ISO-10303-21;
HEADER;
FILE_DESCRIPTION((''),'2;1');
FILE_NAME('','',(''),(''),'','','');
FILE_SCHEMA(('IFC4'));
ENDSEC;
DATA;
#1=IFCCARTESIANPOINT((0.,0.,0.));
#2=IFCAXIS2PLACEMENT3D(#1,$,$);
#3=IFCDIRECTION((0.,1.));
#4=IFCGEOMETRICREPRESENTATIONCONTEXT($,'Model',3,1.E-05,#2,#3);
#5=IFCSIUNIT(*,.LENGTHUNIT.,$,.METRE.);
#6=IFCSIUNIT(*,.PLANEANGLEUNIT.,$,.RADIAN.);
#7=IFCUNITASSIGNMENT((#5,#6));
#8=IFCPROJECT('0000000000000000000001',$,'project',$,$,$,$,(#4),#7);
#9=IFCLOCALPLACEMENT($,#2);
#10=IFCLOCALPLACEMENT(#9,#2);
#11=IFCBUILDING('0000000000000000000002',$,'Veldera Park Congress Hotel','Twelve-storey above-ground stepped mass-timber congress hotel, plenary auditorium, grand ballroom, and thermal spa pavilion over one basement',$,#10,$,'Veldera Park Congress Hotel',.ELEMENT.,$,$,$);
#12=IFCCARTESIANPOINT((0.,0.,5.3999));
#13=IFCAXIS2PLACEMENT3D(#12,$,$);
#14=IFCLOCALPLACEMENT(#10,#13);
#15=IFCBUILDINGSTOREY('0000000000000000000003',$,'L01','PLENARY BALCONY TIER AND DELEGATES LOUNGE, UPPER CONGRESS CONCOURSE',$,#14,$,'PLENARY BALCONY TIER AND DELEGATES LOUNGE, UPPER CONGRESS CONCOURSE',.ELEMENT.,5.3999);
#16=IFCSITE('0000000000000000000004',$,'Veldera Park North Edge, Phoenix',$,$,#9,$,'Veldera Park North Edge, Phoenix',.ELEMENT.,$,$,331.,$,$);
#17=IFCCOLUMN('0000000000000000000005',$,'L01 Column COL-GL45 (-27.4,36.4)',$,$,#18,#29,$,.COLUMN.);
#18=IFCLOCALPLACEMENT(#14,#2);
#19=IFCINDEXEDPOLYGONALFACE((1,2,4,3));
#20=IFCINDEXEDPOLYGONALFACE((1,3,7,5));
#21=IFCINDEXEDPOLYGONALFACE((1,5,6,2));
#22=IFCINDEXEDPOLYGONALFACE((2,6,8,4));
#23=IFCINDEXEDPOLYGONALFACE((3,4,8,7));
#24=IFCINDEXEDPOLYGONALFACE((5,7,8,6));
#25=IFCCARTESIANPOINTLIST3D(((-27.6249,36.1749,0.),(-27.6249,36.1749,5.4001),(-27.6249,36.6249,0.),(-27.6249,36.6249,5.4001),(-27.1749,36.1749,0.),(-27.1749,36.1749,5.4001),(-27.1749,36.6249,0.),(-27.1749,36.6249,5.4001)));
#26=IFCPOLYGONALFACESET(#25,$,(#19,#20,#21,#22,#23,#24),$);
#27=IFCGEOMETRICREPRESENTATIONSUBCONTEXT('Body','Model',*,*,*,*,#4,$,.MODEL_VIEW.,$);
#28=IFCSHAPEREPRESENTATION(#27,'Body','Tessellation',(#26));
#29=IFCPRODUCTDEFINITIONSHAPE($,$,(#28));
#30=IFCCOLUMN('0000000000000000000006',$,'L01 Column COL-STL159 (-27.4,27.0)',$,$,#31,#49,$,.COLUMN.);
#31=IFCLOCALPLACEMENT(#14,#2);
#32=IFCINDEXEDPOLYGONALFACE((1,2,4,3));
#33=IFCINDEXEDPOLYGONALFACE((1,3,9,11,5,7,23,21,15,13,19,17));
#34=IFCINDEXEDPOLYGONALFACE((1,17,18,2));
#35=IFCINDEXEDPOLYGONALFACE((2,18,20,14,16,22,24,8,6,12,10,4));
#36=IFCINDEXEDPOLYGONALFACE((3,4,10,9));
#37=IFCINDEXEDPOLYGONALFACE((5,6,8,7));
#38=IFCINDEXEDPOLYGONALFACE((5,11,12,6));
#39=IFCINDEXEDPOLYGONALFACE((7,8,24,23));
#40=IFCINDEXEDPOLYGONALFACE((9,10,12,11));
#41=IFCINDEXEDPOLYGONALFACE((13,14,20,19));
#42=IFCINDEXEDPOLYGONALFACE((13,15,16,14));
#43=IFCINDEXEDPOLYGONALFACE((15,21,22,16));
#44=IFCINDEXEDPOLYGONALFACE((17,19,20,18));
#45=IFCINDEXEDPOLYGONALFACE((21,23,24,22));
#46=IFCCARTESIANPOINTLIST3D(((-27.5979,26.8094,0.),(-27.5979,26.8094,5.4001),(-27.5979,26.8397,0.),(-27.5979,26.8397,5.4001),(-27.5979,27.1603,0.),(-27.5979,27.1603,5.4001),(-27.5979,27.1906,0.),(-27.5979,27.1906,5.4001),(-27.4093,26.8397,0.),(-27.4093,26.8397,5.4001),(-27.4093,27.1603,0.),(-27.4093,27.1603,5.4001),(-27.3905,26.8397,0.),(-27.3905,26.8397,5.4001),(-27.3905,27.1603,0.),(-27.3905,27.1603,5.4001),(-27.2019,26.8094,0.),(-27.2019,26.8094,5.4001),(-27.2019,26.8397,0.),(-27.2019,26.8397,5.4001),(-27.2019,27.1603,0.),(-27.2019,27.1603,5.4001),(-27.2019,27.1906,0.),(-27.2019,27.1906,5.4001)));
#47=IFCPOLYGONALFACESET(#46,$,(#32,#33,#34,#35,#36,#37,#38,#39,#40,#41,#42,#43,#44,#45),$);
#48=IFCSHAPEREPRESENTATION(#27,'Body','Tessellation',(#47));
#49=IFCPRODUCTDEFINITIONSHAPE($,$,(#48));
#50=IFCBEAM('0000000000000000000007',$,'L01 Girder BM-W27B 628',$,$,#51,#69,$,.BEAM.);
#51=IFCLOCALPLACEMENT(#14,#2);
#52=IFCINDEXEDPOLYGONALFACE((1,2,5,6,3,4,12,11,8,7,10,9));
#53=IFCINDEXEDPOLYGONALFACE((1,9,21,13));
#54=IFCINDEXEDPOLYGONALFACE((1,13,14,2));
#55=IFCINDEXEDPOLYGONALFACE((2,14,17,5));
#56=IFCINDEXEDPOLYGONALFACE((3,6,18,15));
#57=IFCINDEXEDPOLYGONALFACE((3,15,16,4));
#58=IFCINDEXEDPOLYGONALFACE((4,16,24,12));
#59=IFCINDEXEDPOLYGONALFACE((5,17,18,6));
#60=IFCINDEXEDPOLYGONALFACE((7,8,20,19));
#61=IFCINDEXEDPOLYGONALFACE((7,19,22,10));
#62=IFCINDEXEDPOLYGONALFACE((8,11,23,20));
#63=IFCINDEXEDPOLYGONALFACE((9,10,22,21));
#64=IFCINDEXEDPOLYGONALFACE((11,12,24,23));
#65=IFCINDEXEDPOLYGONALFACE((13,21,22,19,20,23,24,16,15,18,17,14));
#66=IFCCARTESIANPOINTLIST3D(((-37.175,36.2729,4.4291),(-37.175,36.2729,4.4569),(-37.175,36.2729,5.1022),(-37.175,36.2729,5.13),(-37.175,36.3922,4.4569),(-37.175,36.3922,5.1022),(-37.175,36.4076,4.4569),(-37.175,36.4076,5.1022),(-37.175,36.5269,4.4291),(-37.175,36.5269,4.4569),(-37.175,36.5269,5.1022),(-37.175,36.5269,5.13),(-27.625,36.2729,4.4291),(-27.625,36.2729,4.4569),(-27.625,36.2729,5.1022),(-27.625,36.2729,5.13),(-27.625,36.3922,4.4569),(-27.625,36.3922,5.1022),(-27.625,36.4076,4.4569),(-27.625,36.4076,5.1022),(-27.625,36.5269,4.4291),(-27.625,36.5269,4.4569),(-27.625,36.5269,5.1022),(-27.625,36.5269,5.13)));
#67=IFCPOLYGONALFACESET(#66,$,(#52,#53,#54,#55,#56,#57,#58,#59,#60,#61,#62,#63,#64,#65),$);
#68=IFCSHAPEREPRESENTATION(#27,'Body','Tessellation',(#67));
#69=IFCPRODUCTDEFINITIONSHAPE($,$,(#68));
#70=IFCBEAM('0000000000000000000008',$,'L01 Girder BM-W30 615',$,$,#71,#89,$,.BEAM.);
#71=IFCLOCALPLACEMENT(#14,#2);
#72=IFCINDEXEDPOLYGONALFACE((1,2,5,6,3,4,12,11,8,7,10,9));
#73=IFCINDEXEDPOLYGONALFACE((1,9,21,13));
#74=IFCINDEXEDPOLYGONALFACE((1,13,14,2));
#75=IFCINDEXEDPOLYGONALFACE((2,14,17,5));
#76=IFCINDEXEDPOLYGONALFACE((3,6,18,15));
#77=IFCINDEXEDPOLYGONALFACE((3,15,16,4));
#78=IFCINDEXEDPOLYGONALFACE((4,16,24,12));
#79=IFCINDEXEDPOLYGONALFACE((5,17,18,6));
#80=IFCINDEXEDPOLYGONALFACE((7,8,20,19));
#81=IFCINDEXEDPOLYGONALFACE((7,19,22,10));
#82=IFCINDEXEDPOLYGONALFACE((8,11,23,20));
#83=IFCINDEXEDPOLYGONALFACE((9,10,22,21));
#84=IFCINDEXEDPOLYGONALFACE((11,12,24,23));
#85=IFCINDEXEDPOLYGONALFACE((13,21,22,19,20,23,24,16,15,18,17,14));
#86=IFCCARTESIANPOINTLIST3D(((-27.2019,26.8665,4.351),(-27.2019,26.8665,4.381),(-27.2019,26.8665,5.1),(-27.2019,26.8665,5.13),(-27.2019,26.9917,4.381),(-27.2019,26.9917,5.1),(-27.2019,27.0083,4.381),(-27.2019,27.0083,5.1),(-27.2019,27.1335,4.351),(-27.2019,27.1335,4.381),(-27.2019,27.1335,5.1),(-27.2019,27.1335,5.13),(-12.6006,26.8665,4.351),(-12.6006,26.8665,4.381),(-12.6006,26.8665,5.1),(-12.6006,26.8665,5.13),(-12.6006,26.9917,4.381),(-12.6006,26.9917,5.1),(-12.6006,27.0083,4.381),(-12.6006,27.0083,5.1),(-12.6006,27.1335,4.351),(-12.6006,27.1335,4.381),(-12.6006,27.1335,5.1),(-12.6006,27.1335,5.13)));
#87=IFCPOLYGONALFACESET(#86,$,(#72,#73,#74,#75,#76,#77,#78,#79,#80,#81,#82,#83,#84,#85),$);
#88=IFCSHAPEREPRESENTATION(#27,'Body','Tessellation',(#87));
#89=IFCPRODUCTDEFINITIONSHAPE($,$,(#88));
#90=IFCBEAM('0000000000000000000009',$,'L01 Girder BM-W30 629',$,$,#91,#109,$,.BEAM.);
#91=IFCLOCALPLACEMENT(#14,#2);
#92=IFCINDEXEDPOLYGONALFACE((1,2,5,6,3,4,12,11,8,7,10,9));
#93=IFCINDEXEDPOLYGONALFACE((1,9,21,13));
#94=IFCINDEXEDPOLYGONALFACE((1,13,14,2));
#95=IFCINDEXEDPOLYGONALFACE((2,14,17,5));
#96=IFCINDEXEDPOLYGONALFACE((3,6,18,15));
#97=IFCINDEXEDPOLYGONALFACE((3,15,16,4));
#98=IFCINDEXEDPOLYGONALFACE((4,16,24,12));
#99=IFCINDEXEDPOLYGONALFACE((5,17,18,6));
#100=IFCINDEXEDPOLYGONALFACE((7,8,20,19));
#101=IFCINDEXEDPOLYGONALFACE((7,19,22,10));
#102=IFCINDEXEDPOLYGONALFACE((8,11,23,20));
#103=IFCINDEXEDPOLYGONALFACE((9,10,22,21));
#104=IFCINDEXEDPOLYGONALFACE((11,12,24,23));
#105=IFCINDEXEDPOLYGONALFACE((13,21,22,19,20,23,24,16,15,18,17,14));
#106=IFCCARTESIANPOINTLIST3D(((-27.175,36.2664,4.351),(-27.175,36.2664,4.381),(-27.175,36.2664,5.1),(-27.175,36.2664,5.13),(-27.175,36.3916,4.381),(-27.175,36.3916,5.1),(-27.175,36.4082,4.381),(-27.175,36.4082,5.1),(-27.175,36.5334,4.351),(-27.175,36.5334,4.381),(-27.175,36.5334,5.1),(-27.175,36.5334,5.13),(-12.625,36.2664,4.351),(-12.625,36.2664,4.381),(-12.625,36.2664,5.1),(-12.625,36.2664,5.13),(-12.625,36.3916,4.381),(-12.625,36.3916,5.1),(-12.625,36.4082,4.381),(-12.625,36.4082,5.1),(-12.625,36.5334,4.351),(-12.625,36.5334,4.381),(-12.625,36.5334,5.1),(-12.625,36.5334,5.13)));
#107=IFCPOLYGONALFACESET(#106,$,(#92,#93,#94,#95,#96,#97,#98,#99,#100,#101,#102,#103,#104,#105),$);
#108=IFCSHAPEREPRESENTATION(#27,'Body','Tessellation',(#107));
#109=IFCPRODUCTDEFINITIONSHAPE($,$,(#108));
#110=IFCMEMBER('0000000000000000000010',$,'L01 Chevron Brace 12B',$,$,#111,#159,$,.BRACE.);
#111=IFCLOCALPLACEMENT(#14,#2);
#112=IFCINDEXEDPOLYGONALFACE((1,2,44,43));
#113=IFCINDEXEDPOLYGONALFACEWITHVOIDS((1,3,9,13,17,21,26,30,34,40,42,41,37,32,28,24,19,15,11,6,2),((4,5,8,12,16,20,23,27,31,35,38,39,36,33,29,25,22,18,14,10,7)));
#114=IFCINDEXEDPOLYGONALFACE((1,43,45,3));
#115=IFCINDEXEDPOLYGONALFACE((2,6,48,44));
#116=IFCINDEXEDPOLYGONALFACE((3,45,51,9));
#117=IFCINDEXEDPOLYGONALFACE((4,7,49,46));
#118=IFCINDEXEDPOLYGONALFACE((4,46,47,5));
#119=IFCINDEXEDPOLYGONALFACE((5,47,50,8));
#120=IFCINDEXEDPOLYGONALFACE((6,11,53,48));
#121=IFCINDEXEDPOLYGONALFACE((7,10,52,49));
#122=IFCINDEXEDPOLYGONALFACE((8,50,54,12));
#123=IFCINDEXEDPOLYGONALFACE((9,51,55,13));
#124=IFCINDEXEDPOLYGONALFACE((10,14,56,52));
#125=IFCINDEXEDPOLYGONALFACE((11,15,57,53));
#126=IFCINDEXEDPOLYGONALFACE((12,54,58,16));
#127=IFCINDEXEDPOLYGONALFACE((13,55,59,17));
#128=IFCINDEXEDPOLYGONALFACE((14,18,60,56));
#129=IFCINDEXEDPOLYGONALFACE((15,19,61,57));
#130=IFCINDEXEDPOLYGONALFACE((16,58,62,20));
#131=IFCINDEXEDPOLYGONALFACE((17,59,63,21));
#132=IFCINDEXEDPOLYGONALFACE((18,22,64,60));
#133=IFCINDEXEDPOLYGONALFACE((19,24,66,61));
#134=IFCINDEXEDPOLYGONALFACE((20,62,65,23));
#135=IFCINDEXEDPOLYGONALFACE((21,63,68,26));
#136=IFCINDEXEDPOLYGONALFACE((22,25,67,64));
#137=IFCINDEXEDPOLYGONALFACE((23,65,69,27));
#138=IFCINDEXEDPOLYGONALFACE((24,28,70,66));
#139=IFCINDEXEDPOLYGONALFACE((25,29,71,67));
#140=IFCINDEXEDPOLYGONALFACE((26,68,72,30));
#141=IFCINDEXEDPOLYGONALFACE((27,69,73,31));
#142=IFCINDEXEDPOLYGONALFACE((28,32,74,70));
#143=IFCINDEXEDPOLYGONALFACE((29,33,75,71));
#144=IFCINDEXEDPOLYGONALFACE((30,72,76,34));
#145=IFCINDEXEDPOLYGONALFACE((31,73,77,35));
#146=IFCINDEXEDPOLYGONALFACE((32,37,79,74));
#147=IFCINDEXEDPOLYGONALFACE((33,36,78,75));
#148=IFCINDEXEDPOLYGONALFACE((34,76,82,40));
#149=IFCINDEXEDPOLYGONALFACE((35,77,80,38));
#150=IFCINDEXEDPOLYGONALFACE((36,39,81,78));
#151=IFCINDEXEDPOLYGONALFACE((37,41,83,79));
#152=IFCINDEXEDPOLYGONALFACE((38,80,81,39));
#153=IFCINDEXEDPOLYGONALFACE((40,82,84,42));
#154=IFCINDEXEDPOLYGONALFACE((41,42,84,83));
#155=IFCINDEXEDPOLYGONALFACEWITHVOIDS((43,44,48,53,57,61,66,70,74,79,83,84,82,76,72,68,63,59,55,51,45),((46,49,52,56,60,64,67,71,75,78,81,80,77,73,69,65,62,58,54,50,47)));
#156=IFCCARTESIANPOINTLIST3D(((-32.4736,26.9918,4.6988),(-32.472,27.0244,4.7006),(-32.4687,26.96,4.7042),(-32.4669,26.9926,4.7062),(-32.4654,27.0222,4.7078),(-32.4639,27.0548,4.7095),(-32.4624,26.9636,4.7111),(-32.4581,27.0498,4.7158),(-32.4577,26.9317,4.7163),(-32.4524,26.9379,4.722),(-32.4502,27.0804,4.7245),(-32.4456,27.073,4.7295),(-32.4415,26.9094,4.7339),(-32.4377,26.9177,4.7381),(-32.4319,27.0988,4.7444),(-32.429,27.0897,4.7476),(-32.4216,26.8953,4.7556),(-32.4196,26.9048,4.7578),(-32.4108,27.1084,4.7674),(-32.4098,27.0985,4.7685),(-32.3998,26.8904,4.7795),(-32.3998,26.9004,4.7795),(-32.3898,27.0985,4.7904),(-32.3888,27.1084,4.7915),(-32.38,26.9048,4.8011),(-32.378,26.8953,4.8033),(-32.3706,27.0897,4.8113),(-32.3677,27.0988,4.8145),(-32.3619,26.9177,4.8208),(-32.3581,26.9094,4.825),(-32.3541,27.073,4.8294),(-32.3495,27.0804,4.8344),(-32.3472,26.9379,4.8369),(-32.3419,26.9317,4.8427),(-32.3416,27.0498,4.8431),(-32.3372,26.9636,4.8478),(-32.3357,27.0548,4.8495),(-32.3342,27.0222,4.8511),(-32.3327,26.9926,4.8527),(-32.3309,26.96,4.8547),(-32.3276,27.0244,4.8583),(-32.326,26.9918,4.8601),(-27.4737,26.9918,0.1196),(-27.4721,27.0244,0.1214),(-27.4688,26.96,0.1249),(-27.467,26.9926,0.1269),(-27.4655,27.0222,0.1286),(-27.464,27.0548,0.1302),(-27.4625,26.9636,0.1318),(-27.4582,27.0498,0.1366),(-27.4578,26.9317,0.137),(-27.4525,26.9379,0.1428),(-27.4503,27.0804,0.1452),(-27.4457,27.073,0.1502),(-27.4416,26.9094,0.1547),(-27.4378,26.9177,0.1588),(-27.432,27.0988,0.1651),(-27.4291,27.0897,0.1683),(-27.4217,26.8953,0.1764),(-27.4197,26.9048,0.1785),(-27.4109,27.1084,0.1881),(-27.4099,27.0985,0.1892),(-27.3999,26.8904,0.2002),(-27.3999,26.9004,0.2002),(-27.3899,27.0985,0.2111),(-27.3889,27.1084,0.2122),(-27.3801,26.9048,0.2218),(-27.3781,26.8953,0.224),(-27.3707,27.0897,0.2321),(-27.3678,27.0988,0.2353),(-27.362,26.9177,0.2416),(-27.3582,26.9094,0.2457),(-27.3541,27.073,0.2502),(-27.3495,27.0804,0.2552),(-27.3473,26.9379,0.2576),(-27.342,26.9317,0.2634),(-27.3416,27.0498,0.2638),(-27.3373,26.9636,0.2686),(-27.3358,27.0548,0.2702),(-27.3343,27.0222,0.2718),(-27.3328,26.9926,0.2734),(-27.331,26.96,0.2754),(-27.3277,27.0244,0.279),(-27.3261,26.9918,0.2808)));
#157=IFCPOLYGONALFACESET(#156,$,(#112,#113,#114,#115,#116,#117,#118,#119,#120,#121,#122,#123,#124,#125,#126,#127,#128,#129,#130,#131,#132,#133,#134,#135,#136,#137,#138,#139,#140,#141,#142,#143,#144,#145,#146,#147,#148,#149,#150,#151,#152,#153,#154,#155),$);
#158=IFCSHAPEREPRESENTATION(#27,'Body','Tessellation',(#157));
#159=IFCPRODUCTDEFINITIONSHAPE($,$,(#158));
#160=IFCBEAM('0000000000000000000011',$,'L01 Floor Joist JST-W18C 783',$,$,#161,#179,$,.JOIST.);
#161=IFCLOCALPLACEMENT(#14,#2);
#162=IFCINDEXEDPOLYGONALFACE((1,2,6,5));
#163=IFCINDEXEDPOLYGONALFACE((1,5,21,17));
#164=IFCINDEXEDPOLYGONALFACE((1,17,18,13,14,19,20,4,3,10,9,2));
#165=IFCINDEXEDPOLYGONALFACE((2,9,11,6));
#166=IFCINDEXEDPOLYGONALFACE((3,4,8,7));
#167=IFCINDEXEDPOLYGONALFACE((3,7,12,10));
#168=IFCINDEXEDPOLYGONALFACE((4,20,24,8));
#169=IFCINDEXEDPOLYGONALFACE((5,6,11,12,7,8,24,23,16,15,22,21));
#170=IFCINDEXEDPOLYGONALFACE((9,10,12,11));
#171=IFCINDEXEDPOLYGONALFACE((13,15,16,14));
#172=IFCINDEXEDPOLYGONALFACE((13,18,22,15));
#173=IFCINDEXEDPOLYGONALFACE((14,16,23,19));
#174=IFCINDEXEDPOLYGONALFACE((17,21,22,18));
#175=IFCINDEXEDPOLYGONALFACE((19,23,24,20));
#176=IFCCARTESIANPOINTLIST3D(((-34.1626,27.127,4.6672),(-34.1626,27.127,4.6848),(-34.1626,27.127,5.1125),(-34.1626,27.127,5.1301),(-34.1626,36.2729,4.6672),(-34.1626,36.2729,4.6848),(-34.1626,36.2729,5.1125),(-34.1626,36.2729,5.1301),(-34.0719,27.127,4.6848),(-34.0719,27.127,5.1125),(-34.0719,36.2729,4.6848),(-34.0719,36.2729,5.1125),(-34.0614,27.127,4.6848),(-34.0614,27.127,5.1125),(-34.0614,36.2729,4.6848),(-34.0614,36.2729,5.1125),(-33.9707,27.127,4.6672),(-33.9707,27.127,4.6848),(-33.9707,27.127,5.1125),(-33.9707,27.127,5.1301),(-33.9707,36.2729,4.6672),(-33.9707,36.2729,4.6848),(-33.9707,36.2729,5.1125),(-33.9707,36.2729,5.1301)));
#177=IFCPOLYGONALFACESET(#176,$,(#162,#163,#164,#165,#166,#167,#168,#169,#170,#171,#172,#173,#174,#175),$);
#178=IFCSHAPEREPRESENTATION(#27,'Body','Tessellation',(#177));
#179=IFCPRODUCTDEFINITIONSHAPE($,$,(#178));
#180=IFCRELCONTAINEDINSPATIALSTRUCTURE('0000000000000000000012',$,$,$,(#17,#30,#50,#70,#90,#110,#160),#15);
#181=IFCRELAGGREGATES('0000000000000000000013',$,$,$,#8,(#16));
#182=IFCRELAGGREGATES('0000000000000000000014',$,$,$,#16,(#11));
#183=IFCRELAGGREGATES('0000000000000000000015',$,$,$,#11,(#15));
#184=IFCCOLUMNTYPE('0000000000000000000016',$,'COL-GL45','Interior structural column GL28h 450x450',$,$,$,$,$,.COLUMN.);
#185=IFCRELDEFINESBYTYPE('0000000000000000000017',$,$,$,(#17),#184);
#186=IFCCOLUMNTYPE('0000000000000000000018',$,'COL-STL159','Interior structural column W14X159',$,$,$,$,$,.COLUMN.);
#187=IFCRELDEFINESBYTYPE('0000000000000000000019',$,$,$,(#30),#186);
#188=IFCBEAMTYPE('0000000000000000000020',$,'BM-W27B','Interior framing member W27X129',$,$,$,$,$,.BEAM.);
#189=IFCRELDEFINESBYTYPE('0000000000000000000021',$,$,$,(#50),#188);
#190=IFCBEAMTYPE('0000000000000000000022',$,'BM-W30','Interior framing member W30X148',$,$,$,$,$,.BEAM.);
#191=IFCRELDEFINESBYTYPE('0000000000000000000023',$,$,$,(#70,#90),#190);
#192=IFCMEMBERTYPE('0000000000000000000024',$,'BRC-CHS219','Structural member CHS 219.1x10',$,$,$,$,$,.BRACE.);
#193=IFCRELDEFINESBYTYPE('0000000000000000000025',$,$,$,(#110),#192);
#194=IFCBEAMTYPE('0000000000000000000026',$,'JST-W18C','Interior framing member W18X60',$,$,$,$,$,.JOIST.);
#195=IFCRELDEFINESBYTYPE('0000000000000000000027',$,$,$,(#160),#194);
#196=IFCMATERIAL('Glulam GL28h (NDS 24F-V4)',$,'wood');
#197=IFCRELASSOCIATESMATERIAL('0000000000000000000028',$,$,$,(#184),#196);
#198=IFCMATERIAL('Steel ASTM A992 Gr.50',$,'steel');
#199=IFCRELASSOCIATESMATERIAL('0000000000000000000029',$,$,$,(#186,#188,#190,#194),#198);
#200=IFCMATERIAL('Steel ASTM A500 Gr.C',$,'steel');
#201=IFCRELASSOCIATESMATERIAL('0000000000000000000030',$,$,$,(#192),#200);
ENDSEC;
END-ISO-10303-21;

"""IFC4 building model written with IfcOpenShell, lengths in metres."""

from ifc_helpers import new_model, si_unit, direction, frame, origin, origin_2d, place, context, subcontext, project, spatial, rectangle, hollow_circle, i_section, extrude, material, material_profile, profile_set, type_object, element, save


model = new_model("IFC4")

# Units and contexts
model_context = context("Model", 3, precision=1e-05, world=origin(), true_north=direction((0.0, 1.0)))
body_context = subcontext(model_context, "Body", "Model", "MODEL_VIEW")
ifc_project = project(units=[si_unit("LENGTHUNIT", "METRE"), si_unit("PLANEANGLEUNIT", "RADIAN")], contexts=[model_context])

# Site, building, storey
site_placement = place(None, origin())
site = spatial("IfcSite", under=ifc_project, at=site_placement, Name="Veldera Park North Edge, Phoenix", LongName="Veldera Park North Edge, Phoenix", CompositionType="ELEMENT", RefElevation=331.0)
building_placement = place(site_placement, origin())
building = spatial("IfcBuilding", under=site, at=building_placement, Name="Veldera Park Congress Hotel", Description="Twelve-storey above-ground stepped mass-timber congress hotel, plenary auditorium, grand ballroom, and thermal spa pavilion over one basement", LongName="Veldera Park Congress Hotel", CompositionType="ELEMENT")
storey_placement = place(building_placement, frame((0.0, 0.0, 5.3999)))
storey = spatial("IfcBuildingStorey", under=building, at=storey_placement, Name="L01", Description="PLENARY BALCONY TIER AND DELEGATES LOUNGE, UPPER CONGRESS CONCOURSE", LongName="PLENARY BALCONY TIER AND DELEGATES LOUNGE, UPPER CONGRESS CONCOURSE", CompositionType="ELEMENT", Elevation=5.3999)

# Columns
ifc_material_1 = material(Name="Glulam GL28h (NDS 24F-V4)", Category="wood")
ifc_material_profile_1 = material_profile(ifc_material_1, rectangle(XDim=0.45, YDim=0.45, at=origin_2d()), Name="GL28h 450x450")
ifc_profile_set_1 = profile_set([ifc_material_profile_1], Name="Glulam GL28h (NDS 24F-V4)")
column_type_1 = type_object("IfcColumnType", Name="COL-GL45", Description="Interior structural column GL28h 450x450", PredefinedType="COLUMN", material=ifc_profile_set_1)
column_1_placement = place(storey_placement, frame((-27.3999, 36.3999, 0.0), z_axis=(0.0, 0.0, 1.0), x_axis=(1.0, 0.0, 0.0)))
element("IfcColumn", 1, at=column_1_placement, inside=storey, type_object=column_type_1, Name="L01 Column COL-GL45 (-27.4,36.4)", PredefinedType="COLUMN", context=body_context, shape_type="SweptSolid", body=[
    extrude(rectangle(XDim=0.45, YDim=0.45, at=origin_2d()), origin(), (0.0, 0.0, 1.0), 5.4001),
])
ifc_material_2 = material(Name="Steel ASTM A992 Gr.50", Category="steel")
ifc_material_profile_2 = material_profile(ifc_material_2, i_section(OverallWidth=0.396, OverallDepth=0.3811, WebThickness=0.0188, FlangeThickness=0.0303, at=origin_2d()), Name="W14X159")
ifc_profile_set_2 = profile_set([ifc_material_profile_2], Name="Steel ASTM A992 Gr.50")
column_type_2 = type_object("IfcColumnType", Name="COL-STL159", Description="Interior structural column W14X159", PredefinedType="COLUMN", material=ifc_profile_set_2)
column_2_placement = place(storey_placement, frame((-27.3999, 27.0, 0.0), z_axis=(0.0, 0.0, 1.0), x_axis=(1.0, 0.0, 0.0)))
element("IfcColumn", 2, at=column_2_placement, inside=storey, type_object=column_type_2, Name="L01 Column COL-STL159 (-27.4,27.0)", PredefinedType="COLUMN", context=body_context, shape_type="SweptSolid", body=[
    extrude(i_section(OverallWidth=0.396, OverallDepth=0.3811, WebThickness=0.0188, FlangeThickness=0.0303, at=origin_2d()), origin(), (0.0, 0.0, 1.0), 5.4001),
])

# Beams
ifc_material_profile_3 = material_profile(ifc_material_2, i_section(OverallWidth=0.2539, OverallDepth=0.7009, WebThickness=0.0154, FlangeThickness=0.0278, at=origin_2d()), Name="W27X129")
ifc_profile_set_3 = profile_set([ifc_material_profile_3], Name="Steel ASTM A992 Gr.50")
beam_type_1 = type_object("IfcBeamType", Name="BM-W27B", Description="Interior framing member W27X129", PredefinedType="BEAM", material=ifc_profile_set_3)
beam_1_placement = place(storey_placement, frame((-37.175, 36.3999, 4.7795), z_axis=(1.0, 0.0, 0.0), x_axis=(0.0, 1.0, 0.0)))
element("IfcBeam", 3, at=beam_1_placement, inside=storey, type_object=beam_type_1, Name="L01 Girder BM-W27B 628", PredefinedType="BEAM", context=body_context, shape_type="SweptSolid", body=[
    extrude(i_section(OverallWidth=0.2539, OverallDepth=0.7009, WebThickness=0.0154, FlangeThickness=0.0278, at=origin_2d()), origin(), (0.0, 0.0, 1.0), 9.55),
])
ifc_material_profile_4 = material_profile(ifc_material_2, i_section(OverallWidth=0.2671, OverallDepth=0.7791, WebThickness=0.0166, FlangeThickness=0.03, at=origin_2d()), Name="W30X148")
ifc_profile_set_4 = profile_set([ifc_material_profile_4], Name="Steel ASTM A992 Gr.50")
beam_type_2 = type_object("IfcBeamType", Name="BM-W30", Description="Interior framing member W30X148", PredefinedType="BEAM", material=ifc_profile_set_4)
beam_2_placement = place(storey_placement, frame((-27.2019, 27.0, 4.7405), z_axis=(1.0, 0.0, 0.0), x_axis=(0.0, 1.0, 0.0)))
element("IfcBeam", 4, at=beam_2_placement, inside=storey, type_object=beam_type_2, Name="L01 Girder BM-W30 615", PredefinedType="BEAM", context=body_context, shape_type="SweptSolid", body=[
    extrude(i_section(OverallWidth=0.2671, OverallDepth=0.7791, WebThickness=0.0166, FlangeThickness=0.03, at=origin_2d()), origin(), (0.0, 0.0, 1.0), 14.6013),
])
beam_3_placement = place(storey_placement, frame((-27.175, 36.3999, 4.7405), z_axis=(1.0, 0.0, 0.0), x_axis=(0.0, 1.0, 0.0)))
element("IfcBeam", 5, at=beam_3_placement, inside=storey, type_object=beam_type_2, Name="L01 Girder BM-W30 629", PredefinedType="BEAM", context=body_context, shape_type="SweptSolid", body=[
    extrude(i_section(OverallWidth=0.2671, OverallDepth=0.7791, WebThickness=0.0166, FlangeThickness=0.03, at=origin_2d()), origin(), (0.0, 0.0, 1.0), 14.55),
])

# Member
ifc_material_3 = material(Name="Steel ASTM A500 Gr.C", Category="steel")
ifc_material_profile_5 = material_profile(ifc_material_3, hollow_circle(Radius=0.1096, WallThickness=0.01, at=origin_2d()), Name="CHS 219.1x10")
ifc_profile_set_5 = profile_set([ifc_material_profile_5], Name="Steel ASTM A500 Gr.C")
member_type = type_object("IfcMemberType", Name="BRC-CHS219", Description="Structural member CHS 219.1x10", PredefinedType="BRACE", material=ifc_profile_set_5)
member_placement = place(storey_placement, frame((-27.3999, 27.0, 0.2002), z_axis=(-0.737447, 0.0, 0.675405), x_axis=(0.0, -1.0, 0.0)))
element("IfcMember", 6, at=member_placement, inside=storey, type_object=member_type, Name="L01 Chevron Brace 12B", PredefinedType="BRACE", context=body_context, shape_type="SweptSolid", body=[
    extrude(hollow_circle(Radius=0.1096, WallThickness=0.01, at=origin_2d()), origin(), (0.0, 0.0, 1.0), 6.78),
])

# Beam
ifc_material_profile_6 = material_profile(ifc_material_2, i_section(OverallWidth=0.1919, OverallDepth=0.4629, WebThickness=0.0105, FlangeThickness=0.0176, at=origin_2d()), Name="W18X60")
ifc_profile_set_6 = profile_set([ifc_material_profile_6], Name="Steel ASTM A992 Gr.50")
beam_type_3 = type_object("IfcBeamType", Name="JST-W18C", Description="Interior framing member W18X60", PredefinedType="JOIST", material=ifc_profile_set_6)
for number, where, z_axis, x_axis, name in (
    (7, (-34.0667, 27.127, 4.8987), (0.0, 1.0, 0.0), (-1.0, 0.0, 0.0), "L01 Floor Joist JST-W18C 783"),
):
    element("IfcBeam", number, at=place(storey_placement, frame(where, z_axis=z_axis, x_axis=x_axis)), inside=storey, type_object=beam_type_3, Name=name, PredefinedType="JOIST", context=body_context, shape_type="SweptSolid", body=[
        extrude(i_section(OverallWidth=0.1919, OverallDepth=0.4629, WebThickness=0.0105, FlangeThickness=0.0176, at=origin_2d()), origin(), (0.0, 0.0, 1.0), 9.146),
    ])

save(model, "model.ifc")
